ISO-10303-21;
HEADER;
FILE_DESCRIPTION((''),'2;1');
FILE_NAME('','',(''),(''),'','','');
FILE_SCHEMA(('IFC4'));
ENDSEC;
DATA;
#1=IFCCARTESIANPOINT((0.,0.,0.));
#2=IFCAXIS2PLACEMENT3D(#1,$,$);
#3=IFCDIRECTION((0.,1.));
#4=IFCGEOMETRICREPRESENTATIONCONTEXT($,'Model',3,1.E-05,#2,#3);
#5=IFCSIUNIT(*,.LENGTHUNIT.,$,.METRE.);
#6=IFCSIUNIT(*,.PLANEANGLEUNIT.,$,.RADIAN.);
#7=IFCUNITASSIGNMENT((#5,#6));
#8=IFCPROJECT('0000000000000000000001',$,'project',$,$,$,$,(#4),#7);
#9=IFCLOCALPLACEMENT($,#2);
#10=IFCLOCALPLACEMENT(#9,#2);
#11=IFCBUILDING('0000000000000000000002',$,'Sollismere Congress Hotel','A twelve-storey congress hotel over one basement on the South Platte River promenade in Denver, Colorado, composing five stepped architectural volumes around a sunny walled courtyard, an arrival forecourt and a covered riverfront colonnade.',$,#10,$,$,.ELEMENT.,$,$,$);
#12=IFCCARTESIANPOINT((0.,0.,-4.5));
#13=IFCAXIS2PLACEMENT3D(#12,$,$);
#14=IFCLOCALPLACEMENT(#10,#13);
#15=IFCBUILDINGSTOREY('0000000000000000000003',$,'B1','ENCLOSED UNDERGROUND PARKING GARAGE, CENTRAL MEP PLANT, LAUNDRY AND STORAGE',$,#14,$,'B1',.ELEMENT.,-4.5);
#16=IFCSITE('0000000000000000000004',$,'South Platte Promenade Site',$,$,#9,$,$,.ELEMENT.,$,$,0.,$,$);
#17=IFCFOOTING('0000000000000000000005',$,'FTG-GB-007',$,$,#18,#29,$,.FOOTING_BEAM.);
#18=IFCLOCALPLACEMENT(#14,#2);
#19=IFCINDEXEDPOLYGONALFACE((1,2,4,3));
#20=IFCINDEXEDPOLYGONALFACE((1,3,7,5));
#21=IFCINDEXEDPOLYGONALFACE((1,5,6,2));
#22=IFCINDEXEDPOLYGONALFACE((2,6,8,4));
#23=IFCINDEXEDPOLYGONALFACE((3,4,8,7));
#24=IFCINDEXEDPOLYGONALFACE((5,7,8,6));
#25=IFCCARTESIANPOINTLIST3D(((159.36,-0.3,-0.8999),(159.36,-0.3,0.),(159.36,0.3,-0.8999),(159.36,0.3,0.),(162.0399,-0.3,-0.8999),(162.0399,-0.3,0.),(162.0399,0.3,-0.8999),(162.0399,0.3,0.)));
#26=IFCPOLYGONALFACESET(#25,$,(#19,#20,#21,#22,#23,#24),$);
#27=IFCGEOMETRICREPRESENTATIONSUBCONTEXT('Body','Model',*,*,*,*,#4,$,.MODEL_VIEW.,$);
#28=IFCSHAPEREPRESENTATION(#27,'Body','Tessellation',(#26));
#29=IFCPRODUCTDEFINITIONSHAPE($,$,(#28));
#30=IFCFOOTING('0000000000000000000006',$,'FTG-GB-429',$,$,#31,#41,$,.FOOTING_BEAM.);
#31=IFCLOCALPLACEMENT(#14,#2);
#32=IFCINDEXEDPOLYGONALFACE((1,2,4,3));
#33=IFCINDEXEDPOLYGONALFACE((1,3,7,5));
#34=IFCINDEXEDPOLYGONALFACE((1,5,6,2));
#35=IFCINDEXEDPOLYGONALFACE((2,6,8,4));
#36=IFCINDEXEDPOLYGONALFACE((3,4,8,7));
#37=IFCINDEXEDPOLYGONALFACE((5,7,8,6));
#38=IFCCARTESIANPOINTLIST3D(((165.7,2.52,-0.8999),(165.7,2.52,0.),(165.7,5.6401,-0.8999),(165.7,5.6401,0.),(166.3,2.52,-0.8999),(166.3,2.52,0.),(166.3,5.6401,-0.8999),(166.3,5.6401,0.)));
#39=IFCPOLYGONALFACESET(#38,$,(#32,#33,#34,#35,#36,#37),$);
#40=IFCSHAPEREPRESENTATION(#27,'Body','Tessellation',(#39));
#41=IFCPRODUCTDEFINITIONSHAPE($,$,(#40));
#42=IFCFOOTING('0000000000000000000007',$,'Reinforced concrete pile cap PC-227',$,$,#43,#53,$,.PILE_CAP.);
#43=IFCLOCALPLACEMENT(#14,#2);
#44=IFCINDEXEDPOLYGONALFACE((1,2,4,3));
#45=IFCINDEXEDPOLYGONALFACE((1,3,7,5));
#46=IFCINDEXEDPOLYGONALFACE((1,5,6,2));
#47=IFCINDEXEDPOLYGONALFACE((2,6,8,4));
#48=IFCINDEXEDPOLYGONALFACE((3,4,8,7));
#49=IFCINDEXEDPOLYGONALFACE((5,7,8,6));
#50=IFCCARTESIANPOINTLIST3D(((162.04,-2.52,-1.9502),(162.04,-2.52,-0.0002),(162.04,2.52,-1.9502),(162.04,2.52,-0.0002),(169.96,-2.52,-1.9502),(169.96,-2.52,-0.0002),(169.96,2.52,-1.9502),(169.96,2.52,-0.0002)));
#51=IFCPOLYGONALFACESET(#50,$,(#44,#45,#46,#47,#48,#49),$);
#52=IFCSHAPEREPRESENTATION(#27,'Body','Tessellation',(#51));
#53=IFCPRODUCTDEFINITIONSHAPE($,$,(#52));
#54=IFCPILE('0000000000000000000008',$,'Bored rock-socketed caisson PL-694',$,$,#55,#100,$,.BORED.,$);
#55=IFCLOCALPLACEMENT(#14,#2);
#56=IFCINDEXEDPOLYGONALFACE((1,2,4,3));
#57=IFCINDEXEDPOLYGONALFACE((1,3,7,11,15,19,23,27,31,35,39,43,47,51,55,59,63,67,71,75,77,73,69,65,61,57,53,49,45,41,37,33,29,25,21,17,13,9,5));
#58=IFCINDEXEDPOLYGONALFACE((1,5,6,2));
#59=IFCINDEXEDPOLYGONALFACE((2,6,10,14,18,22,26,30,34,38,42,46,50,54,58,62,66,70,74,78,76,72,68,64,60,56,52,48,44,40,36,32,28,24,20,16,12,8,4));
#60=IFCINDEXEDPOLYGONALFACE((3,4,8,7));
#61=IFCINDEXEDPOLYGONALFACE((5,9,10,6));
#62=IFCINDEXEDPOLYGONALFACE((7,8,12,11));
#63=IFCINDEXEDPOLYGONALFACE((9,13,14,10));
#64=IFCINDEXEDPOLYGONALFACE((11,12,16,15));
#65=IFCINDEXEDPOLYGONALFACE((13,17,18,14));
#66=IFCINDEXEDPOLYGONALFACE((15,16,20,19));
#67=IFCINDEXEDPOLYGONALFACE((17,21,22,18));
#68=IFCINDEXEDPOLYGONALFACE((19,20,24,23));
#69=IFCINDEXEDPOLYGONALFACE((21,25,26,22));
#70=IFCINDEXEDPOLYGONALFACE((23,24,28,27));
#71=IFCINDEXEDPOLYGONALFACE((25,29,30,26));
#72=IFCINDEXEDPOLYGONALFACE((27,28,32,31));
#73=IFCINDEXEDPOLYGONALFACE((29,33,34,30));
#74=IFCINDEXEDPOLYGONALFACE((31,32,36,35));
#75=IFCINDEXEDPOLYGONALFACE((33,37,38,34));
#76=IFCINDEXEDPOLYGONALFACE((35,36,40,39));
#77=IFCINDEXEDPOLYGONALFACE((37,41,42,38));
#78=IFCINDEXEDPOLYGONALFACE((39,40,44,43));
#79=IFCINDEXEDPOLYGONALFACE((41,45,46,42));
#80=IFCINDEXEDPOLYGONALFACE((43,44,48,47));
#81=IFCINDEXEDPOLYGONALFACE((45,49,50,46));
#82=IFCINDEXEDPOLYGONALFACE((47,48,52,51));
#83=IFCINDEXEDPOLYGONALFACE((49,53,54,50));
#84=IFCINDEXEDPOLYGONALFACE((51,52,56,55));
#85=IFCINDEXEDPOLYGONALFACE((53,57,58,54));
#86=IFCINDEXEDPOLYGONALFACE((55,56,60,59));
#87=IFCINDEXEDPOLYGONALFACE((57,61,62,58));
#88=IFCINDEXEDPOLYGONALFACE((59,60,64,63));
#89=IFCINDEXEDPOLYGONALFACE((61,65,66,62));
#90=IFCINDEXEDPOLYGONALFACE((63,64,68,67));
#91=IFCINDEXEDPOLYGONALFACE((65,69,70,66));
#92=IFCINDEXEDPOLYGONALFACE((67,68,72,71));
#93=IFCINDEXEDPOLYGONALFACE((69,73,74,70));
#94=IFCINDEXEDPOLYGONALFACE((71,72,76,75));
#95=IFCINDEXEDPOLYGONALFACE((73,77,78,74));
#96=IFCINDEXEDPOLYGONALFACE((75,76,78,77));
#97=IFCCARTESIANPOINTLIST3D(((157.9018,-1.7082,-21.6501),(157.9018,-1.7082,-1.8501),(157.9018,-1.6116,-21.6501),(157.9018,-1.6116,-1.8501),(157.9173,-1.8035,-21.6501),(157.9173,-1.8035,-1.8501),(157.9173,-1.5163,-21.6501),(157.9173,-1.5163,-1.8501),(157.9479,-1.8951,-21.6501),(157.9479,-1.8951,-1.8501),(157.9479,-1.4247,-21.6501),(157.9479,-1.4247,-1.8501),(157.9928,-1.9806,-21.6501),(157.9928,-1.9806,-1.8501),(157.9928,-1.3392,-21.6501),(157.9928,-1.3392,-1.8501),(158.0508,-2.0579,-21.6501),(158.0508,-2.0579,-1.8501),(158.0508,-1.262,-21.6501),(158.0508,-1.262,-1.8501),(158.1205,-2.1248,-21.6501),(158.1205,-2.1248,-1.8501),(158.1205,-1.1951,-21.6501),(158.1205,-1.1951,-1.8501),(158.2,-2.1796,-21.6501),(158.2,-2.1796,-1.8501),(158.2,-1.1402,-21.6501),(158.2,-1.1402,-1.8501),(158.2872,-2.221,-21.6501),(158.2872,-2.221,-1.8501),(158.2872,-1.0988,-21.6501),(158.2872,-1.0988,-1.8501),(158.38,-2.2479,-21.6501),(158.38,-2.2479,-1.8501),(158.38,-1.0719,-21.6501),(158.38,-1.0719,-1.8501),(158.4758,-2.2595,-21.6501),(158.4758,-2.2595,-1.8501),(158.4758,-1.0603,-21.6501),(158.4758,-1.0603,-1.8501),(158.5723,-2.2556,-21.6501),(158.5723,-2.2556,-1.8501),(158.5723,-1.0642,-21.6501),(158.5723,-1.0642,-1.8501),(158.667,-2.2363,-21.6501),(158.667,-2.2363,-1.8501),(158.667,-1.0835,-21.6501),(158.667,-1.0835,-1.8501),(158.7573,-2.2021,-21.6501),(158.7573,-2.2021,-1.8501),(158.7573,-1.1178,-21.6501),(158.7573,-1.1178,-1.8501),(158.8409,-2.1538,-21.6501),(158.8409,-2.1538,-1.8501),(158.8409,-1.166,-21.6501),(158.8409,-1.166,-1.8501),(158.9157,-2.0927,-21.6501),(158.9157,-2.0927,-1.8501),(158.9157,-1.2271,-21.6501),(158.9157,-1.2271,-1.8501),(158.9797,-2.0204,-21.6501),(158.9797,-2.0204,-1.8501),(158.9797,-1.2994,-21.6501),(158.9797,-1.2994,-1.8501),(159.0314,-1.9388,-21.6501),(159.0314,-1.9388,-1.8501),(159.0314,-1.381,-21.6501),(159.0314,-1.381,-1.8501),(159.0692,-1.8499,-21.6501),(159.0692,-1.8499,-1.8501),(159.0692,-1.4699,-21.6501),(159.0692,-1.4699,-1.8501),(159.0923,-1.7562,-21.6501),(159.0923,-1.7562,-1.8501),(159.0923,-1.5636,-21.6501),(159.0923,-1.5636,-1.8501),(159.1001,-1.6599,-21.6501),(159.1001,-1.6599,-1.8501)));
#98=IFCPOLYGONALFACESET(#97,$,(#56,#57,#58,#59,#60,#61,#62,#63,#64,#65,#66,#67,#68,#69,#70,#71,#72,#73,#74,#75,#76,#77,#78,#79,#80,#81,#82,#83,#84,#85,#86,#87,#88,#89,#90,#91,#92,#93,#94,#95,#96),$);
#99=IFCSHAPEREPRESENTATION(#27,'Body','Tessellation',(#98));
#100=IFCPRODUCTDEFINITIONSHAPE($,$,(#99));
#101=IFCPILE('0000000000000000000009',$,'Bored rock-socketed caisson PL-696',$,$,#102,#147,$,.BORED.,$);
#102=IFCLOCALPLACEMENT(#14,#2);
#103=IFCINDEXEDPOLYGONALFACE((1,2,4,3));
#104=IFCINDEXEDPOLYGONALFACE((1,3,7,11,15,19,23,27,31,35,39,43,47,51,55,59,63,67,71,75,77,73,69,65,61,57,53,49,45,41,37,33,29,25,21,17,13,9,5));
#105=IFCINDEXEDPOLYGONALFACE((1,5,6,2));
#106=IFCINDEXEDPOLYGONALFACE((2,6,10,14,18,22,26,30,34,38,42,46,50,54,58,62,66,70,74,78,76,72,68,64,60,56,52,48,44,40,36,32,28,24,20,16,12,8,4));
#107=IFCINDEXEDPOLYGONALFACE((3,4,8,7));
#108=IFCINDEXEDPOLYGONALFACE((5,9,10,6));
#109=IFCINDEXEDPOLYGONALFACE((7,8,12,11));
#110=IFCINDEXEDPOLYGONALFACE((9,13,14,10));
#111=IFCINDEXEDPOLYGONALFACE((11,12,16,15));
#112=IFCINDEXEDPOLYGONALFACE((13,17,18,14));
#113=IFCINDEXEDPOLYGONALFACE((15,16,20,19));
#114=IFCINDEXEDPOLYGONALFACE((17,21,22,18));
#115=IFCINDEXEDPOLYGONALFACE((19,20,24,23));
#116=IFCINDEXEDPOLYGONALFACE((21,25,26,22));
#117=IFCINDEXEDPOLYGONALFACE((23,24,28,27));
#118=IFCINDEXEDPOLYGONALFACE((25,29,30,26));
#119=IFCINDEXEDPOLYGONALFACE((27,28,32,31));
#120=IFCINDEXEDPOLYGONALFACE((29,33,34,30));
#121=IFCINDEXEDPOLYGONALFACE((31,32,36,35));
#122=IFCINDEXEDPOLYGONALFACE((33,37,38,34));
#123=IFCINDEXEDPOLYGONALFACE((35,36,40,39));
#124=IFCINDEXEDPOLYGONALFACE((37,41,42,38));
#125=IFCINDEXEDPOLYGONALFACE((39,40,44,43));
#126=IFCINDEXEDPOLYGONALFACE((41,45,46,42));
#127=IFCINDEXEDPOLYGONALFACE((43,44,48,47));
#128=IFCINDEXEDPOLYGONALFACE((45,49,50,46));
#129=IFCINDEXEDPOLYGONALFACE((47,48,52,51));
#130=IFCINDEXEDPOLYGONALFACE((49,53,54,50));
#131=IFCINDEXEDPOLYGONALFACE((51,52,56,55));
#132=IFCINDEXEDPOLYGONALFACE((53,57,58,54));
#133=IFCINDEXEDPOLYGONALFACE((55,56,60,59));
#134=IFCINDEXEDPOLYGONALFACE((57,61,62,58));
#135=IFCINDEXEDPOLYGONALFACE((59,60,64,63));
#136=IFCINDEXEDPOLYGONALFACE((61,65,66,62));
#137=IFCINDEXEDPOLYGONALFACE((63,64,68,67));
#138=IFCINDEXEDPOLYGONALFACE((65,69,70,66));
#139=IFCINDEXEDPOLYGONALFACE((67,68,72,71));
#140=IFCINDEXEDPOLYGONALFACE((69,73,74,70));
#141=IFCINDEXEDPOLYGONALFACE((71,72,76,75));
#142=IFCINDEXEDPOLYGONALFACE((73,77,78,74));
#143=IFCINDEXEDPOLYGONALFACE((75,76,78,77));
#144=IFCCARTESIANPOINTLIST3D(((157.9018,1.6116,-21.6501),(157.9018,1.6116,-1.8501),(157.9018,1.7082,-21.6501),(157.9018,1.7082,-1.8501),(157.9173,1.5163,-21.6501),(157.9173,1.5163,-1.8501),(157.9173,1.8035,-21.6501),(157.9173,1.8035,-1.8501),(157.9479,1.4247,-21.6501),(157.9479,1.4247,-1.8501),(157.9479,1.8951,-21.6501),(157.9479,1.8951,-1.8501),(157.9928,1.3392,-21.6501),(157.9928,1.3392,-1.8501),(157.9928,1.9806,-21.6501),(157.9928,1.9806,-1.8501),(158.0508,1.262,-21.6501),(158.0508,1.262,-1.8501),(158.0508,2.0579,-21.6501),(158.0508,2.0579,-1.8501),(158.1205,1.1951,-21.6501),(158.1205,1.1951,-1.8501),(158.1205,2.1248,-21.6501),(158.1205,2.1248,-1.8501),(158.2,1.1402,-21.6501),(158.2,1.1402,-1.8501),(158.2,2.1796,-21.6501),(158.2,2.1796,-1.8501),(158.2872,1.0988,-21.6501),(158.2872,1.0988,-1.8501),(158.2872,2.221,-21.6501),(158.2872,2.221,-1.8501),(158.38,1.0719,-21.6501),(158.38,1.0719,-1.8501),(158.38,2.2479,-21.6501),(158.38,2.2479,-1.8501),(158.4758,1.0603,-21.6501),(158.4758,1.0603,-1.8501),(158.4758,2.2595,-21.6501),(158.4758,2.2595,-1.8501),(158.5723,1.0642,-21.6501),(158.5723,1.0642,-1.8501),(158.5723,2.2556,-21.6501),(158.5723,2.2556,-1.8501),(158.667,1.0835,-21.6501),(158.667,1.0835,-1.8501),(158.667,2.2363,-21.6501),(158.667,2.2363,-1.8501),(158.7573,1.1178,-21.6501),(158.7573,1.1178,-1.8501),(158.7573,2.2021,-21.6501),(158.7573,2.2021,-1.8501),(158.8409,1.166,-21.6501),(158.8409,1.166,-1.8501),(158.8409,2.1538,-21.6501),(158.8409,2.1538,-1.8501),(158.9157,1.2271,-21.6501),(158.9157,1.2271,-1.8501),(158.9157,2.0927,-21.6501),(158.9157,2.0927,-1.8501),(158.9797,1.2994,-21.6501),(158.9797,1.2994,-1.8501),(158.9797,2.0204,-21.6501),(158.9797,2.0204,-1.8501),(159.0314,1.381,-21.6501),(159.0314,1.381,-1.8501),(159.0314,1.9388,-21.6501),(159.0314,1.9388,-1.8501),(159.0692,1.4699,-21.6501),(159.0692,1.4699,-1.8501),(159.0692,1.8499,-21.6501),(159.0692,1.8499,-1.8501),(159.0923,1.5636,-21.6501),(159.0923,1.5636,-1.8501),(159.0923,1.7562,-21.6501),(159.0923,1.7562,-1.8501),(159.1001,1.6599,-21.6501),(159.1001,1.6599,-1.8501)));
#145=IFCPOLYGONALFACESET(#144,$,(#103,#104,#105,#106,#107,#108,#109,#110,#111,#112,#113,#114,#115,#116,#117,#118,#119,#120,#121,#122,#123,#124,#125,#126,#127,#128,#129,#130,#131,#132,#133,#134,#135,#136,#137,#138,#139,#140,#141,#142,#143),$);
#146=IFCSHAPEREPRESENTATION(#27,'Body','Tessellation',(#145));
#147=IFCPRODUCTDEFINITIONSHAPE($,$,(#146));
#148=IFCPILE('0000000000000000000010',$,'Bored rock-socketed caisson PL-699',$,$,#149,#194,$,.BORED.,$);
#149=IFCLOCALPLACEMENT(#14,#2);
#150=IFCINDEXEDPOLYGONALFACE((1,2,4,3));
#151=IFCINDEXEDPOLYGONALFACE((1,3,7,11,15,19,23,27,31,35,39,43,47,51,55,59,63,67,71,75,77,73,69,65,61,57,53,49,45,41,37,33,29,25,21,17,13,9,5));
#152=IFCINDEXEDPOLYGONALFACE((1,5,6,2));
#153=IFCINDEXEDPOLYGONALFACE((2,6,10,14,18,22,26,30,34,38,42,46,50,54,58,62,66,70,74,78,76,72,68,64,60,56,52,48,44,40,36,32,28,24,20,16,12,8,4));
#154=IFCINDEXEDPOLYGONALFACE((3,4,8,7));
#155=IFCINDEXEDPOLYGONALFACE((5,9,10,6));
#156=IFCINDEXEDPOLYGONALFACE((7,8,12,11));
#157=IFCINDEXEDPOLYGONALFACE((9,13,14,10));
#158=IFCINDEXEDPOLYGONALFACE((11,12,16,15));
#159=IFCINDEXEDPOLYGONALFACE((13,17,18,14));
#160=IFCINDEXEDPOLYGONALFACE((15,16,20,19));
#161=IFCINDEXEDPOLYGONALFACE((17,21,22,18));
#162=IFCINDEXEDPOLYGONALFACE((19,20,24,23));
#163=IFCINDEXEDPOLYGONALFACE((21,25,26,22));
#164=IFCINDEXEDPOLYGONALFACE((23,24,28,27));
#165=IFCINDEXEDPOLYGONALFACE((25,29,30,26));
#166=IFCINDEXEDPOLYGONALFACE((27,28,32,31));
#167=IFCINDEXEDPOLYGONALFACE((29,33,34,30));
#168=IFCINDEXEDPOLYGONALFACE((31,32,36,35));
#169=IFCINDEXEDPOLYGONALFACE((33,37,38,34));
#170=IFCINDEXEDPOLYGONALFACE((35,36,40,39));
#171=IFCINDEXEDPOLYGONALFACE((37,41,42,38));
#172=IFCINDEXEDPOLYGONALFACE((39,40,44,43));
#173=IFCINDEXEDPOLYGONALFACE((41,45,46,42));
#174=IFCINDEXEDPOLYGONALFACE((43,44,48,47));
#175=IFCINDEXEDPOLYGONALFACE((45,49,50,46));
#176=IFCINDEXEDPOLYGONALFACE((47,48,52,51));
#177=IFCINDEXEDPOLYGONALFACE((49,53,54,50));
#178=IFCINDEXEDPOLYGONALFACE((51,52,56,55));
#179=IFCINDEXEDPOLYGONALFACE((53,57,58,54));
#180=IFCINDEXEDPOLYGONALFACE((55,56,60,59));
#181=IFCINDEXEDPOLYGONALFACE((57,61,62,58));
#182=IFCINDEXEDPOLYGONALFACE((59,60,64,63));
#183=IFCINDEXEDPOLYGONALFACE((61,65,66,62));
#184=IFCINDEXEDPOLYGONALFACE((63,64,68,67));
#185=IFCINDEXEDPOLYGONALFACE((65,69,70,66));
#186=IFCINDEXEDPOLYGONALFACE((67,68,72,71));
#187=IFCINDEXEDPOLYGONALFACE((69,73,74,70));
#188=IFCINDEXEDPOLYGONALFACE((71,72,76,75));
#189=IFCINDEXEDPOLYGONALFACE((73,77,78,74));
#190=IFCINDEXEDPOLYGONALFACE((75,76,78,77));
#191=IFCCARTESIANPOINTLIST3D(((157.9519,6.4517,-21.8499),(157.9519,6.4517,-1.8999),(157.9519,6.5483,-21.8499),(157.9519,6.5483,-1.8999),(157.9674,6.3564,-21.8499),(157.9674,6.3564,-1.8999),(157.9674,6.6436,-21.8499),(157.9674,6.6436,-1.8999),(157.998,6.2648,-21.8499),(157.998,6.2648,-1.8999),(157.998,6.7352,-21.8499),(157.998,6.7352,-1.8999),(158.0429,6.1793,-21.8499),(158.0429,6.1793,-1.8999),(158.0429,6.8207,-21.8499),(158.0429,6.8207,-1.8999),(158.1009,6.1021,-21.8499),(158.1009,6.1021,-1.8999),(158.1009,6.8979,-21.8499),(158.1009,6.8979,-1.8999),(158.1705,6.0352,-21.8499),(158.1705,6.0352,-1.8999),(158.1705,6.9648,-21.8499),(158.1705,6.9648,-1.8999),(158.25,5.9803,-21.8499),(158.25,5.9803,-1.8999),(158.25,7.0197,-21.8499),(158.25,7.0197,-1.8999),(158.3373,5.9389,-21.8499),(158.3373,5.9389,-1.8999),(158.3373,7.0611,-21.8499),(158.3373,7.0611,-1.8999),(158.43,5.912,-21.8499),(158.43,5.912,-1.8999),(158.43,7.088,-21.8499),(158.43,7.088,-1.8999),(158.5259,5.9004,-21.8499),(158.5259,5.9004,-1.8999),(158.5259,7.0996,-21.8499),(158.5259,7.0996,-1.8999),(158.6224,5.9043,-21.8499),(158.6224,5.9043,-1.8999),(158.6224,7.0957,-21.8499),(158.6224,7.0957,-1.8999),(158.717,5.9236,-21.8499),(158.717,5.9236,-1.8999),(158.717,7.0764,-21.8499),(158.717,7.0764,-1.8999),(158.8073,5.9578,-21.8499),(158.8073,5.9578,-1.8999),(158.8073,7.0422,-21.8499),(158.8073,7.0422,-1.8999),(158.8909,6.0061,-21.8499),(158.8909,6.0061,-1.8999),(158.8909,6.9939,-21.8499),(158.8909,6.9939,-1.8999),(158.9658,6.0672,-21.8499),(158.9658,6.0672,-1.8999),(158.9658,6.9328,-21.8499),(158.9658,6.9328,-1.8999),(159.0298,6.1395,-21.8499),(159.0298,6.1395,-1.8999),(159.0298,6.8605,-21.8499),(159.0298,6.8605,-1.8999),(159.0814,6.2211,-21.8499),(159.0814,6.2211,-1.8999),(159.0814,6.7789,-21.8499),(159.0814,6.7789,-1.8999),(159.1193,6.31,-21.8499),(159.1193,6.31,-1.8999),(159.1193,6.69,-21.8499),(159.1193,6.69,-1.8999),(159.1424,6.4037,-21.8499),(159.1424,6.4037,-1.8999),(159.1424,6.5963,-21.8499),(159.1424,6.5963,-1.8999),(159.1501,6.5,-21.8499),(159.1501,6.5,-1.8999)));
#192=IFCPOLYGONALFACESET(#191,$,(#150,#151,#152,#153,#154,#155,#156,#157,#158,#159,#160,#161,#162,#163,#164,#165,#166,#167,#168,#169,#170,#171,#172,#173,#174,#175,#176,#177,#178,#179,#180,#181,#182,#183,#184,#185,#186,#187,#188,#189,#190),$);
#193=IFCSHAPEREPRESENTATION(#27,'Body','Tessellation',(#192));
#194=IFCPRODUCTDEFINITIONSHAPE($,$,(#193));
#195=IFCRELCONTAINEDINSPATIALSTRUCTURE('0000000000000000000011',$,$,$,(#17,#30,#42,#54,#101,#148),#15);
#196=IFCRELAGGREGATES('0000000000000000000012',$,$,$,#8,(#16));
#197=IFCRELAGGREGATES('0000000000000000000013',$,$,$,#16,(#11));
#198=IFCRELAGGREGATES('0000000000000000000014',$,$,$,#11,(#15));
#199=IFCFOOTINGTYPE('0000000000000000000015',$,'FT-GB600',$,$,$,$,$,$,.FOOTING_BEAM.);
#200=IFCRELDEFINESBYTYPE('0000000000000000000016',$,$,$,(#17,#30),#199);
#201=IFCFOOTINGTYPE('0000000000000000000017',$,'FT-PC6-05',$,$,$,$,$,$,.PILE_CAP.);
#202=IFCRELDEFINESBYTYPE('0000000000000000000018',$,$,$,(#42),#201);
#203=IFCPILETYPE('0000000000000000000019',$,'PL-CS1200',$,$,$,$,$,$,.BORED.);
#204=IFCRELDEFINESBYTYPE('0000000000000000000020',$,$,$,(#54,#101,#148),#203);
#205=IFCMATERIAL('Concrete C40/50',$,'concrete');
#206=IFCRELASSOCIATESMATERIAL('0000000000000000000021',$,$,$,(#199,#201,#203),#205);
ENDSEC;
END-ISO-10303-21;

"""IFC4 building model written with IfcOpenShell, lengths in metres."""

from ifc_helpers import new_model, si_unit, direction, frame, origin, origin_2d, place, context, subcontext, project, spatial, rectangle, circle, extrude, material, material_profile, profile_set, type_object, element, save


model = new_model("IFC4")

# Units and contexts
model_context = context("Model", 3, precision=1e-05, world=origin(), true_north=direction((0.0, 1.0)))
body_context = subcontext(model_context, "Body", "Model", "MODEL_VIEW")
ifc_project = project(units=[si_unit("LENGTHUNIT", "METRE"), si_unit("PLANEANGLEUNIT", "RADIAN")], contexts=[model_context])

# Site, building, storey
site_placement = place(None, origin())
site = spatial("IfcSite", under=ifc_project, at=site_placement, Name="South Platte Promenade Site", CompositionType="ELEMENT", RefElevation=0.0)
building_placement = place(site_placement, origin())
building = spatial("IfcBuilding", under=site, at=building_placement, Name="Sollismere Congress Hotel", Description="A twelve-storey congress hotel over one basement on the South Platte River promenade in Denver, Colorado, composing five stepped architectural volumes around a sunny walled courtyard, an arrival forecourt and a covered riverfront colonnade.", CompositionType="ELEMENT")
storey_placement = place(building_placement, frame((0.0, 0.0, -4.5)))
storey = spatial("IfcBuildingStorey", under=building, at=storey_placement, Name="B1", Description="ENCLOSED UNDERGROUND PARKING GARAGE, CENTRAL MEP PLANT, LAUNDRY AND STORAGE", LongName="B1", CompositionType="ELEMENT", Elevation=-4.5)

# Footings
ifc_material_1 = material(Name="Concrete C40/50", Category="concrete")
footing_type_1 = type_object("IfcFootingType", Name="FT-GB600", PredefinedType="FOOTING_BEAM", material=ifc_material_1)
footing_1_placement = place(storey_placement, frame((160.7, 0.0, -0.8999), z_axis=(0.0, 0.0, 1.0), x_axis=(1.0, 0.0, 0.0)))
element("IfcFooting", 1, at=footing_1_placement, inside=storey, type_object=footing_type_1, Name="FTG-GB-007", PredefinedType="FOOTING_BEAM", context=body_context, shape_type="SweptSolid", body=[
    extrude(rectangle(XDim=2.6799, YDim=0.6001, at=origin_2d()), origin(), (0.0, 0.0, 1.0), 0.8999),
])
footing_2_placement = place(storey_placement, frame((166.0, 4.0801, -0.8999), z_axis=(0.0, 0.0, 1.0), x_axis=(0.0, 1.0, 0.0)))
element("IfcFooting", 2, at=footing_2_placement, inside=storey, type_object=footing_type_1, Name="FTG-GB-429", PredefinedType="FOOTING_BEAM", context=body_context, shape_type="SweptSolid", body=[
    extrude(rectangle(XDim=3.1201, YDim=0.6001, at=origin_2d()), origin(), (0.0, 0.0, 1.0), 0.8999),
])
footing_type_2 = type_object("IfcFootingType", Name="FT-PC6-05", PredefinedType="PILE_CAP", material=ifc_material_1)
footing_3_placement = place(storey_placement, frame((166.0, 0.0, -1.9502), z_axis=(0.0, 0.0, 1.0), x_axis=(1.0, 0.0, 0.0)))
element("IfcFooting", 3, at=footing_3_placement, inside=storey, type_object=footing_type_2, Name="Reinforced concrete pile cap PC-227", PredefinedType="PILE_CAP", context=body_context, shape_type="SweptSolid", body=[
    extrude(rectangle(XDim=7.9199, YDim=5.04, at=origin_2d()), origin(), (0.0, 0.0, 1.0), 1.95),
])

# Piles
ifc_material_profile_1 = material_profile(ifc_material_1, circle(Radius=0.6001, at=origin_2d()), Name="CAISSON1200")
ifc_profile_set_1 = profile_set([ifc_material_profile_1], Name="Concrete C40/50")
pile_type = type_object("IfcPileType", Name="PL-CS1200", PredefinedType="BORED", material=ifc_profile_set_1)
for number, where, z_axis, x_axis, name in (
    (4, (158.5, -1.6599, -1.8501), (0.0, 0.0, -1.0), (1.0, 0.0, 0.0), "Bored rock-socketed caisson PL-694"),
    (5, (158.5, 1.6599, -1.8501), (0.0, 0.0, -1.0), (1.0, 0.0, 0.0), "Bored rock-socketed caisson PL-696"),
):
    element("IfcPile", number, at=place(storey_placement, frame(where, z_axis=z_axis, x_axis=x_axis)), inside=storey, type_object=pile_type, Name=name, PredefinedType="BORED", context=body_context, shape_type="SweptSolid", body=[
        extrude(circle(Radius=0.6001, at=origin_2d()), origin(), (0.0, 0.0, 1.0), 19.8),
    ])
pile_placement = place(storey_placement, frame((158.55, 6.5, -1.8999), z_axis=(0.0, 0.0, -1.0), x_axis=(1.0, 0.0, 0.0)))
element("IfcPile", 6, at=pile_placement, inside=storey, type_object=pile_type, Name="Bored rock-socketed caisson PL-699", PredefinedType="BORED", context=body_context, shape_type="SweptSolid", body=[
    extrude(circle(Radius=0.6001, at=origin_2d()), origin(), (0.0, 0.0, 1.0), 19.95),
])

save(model, "model.ifc")
